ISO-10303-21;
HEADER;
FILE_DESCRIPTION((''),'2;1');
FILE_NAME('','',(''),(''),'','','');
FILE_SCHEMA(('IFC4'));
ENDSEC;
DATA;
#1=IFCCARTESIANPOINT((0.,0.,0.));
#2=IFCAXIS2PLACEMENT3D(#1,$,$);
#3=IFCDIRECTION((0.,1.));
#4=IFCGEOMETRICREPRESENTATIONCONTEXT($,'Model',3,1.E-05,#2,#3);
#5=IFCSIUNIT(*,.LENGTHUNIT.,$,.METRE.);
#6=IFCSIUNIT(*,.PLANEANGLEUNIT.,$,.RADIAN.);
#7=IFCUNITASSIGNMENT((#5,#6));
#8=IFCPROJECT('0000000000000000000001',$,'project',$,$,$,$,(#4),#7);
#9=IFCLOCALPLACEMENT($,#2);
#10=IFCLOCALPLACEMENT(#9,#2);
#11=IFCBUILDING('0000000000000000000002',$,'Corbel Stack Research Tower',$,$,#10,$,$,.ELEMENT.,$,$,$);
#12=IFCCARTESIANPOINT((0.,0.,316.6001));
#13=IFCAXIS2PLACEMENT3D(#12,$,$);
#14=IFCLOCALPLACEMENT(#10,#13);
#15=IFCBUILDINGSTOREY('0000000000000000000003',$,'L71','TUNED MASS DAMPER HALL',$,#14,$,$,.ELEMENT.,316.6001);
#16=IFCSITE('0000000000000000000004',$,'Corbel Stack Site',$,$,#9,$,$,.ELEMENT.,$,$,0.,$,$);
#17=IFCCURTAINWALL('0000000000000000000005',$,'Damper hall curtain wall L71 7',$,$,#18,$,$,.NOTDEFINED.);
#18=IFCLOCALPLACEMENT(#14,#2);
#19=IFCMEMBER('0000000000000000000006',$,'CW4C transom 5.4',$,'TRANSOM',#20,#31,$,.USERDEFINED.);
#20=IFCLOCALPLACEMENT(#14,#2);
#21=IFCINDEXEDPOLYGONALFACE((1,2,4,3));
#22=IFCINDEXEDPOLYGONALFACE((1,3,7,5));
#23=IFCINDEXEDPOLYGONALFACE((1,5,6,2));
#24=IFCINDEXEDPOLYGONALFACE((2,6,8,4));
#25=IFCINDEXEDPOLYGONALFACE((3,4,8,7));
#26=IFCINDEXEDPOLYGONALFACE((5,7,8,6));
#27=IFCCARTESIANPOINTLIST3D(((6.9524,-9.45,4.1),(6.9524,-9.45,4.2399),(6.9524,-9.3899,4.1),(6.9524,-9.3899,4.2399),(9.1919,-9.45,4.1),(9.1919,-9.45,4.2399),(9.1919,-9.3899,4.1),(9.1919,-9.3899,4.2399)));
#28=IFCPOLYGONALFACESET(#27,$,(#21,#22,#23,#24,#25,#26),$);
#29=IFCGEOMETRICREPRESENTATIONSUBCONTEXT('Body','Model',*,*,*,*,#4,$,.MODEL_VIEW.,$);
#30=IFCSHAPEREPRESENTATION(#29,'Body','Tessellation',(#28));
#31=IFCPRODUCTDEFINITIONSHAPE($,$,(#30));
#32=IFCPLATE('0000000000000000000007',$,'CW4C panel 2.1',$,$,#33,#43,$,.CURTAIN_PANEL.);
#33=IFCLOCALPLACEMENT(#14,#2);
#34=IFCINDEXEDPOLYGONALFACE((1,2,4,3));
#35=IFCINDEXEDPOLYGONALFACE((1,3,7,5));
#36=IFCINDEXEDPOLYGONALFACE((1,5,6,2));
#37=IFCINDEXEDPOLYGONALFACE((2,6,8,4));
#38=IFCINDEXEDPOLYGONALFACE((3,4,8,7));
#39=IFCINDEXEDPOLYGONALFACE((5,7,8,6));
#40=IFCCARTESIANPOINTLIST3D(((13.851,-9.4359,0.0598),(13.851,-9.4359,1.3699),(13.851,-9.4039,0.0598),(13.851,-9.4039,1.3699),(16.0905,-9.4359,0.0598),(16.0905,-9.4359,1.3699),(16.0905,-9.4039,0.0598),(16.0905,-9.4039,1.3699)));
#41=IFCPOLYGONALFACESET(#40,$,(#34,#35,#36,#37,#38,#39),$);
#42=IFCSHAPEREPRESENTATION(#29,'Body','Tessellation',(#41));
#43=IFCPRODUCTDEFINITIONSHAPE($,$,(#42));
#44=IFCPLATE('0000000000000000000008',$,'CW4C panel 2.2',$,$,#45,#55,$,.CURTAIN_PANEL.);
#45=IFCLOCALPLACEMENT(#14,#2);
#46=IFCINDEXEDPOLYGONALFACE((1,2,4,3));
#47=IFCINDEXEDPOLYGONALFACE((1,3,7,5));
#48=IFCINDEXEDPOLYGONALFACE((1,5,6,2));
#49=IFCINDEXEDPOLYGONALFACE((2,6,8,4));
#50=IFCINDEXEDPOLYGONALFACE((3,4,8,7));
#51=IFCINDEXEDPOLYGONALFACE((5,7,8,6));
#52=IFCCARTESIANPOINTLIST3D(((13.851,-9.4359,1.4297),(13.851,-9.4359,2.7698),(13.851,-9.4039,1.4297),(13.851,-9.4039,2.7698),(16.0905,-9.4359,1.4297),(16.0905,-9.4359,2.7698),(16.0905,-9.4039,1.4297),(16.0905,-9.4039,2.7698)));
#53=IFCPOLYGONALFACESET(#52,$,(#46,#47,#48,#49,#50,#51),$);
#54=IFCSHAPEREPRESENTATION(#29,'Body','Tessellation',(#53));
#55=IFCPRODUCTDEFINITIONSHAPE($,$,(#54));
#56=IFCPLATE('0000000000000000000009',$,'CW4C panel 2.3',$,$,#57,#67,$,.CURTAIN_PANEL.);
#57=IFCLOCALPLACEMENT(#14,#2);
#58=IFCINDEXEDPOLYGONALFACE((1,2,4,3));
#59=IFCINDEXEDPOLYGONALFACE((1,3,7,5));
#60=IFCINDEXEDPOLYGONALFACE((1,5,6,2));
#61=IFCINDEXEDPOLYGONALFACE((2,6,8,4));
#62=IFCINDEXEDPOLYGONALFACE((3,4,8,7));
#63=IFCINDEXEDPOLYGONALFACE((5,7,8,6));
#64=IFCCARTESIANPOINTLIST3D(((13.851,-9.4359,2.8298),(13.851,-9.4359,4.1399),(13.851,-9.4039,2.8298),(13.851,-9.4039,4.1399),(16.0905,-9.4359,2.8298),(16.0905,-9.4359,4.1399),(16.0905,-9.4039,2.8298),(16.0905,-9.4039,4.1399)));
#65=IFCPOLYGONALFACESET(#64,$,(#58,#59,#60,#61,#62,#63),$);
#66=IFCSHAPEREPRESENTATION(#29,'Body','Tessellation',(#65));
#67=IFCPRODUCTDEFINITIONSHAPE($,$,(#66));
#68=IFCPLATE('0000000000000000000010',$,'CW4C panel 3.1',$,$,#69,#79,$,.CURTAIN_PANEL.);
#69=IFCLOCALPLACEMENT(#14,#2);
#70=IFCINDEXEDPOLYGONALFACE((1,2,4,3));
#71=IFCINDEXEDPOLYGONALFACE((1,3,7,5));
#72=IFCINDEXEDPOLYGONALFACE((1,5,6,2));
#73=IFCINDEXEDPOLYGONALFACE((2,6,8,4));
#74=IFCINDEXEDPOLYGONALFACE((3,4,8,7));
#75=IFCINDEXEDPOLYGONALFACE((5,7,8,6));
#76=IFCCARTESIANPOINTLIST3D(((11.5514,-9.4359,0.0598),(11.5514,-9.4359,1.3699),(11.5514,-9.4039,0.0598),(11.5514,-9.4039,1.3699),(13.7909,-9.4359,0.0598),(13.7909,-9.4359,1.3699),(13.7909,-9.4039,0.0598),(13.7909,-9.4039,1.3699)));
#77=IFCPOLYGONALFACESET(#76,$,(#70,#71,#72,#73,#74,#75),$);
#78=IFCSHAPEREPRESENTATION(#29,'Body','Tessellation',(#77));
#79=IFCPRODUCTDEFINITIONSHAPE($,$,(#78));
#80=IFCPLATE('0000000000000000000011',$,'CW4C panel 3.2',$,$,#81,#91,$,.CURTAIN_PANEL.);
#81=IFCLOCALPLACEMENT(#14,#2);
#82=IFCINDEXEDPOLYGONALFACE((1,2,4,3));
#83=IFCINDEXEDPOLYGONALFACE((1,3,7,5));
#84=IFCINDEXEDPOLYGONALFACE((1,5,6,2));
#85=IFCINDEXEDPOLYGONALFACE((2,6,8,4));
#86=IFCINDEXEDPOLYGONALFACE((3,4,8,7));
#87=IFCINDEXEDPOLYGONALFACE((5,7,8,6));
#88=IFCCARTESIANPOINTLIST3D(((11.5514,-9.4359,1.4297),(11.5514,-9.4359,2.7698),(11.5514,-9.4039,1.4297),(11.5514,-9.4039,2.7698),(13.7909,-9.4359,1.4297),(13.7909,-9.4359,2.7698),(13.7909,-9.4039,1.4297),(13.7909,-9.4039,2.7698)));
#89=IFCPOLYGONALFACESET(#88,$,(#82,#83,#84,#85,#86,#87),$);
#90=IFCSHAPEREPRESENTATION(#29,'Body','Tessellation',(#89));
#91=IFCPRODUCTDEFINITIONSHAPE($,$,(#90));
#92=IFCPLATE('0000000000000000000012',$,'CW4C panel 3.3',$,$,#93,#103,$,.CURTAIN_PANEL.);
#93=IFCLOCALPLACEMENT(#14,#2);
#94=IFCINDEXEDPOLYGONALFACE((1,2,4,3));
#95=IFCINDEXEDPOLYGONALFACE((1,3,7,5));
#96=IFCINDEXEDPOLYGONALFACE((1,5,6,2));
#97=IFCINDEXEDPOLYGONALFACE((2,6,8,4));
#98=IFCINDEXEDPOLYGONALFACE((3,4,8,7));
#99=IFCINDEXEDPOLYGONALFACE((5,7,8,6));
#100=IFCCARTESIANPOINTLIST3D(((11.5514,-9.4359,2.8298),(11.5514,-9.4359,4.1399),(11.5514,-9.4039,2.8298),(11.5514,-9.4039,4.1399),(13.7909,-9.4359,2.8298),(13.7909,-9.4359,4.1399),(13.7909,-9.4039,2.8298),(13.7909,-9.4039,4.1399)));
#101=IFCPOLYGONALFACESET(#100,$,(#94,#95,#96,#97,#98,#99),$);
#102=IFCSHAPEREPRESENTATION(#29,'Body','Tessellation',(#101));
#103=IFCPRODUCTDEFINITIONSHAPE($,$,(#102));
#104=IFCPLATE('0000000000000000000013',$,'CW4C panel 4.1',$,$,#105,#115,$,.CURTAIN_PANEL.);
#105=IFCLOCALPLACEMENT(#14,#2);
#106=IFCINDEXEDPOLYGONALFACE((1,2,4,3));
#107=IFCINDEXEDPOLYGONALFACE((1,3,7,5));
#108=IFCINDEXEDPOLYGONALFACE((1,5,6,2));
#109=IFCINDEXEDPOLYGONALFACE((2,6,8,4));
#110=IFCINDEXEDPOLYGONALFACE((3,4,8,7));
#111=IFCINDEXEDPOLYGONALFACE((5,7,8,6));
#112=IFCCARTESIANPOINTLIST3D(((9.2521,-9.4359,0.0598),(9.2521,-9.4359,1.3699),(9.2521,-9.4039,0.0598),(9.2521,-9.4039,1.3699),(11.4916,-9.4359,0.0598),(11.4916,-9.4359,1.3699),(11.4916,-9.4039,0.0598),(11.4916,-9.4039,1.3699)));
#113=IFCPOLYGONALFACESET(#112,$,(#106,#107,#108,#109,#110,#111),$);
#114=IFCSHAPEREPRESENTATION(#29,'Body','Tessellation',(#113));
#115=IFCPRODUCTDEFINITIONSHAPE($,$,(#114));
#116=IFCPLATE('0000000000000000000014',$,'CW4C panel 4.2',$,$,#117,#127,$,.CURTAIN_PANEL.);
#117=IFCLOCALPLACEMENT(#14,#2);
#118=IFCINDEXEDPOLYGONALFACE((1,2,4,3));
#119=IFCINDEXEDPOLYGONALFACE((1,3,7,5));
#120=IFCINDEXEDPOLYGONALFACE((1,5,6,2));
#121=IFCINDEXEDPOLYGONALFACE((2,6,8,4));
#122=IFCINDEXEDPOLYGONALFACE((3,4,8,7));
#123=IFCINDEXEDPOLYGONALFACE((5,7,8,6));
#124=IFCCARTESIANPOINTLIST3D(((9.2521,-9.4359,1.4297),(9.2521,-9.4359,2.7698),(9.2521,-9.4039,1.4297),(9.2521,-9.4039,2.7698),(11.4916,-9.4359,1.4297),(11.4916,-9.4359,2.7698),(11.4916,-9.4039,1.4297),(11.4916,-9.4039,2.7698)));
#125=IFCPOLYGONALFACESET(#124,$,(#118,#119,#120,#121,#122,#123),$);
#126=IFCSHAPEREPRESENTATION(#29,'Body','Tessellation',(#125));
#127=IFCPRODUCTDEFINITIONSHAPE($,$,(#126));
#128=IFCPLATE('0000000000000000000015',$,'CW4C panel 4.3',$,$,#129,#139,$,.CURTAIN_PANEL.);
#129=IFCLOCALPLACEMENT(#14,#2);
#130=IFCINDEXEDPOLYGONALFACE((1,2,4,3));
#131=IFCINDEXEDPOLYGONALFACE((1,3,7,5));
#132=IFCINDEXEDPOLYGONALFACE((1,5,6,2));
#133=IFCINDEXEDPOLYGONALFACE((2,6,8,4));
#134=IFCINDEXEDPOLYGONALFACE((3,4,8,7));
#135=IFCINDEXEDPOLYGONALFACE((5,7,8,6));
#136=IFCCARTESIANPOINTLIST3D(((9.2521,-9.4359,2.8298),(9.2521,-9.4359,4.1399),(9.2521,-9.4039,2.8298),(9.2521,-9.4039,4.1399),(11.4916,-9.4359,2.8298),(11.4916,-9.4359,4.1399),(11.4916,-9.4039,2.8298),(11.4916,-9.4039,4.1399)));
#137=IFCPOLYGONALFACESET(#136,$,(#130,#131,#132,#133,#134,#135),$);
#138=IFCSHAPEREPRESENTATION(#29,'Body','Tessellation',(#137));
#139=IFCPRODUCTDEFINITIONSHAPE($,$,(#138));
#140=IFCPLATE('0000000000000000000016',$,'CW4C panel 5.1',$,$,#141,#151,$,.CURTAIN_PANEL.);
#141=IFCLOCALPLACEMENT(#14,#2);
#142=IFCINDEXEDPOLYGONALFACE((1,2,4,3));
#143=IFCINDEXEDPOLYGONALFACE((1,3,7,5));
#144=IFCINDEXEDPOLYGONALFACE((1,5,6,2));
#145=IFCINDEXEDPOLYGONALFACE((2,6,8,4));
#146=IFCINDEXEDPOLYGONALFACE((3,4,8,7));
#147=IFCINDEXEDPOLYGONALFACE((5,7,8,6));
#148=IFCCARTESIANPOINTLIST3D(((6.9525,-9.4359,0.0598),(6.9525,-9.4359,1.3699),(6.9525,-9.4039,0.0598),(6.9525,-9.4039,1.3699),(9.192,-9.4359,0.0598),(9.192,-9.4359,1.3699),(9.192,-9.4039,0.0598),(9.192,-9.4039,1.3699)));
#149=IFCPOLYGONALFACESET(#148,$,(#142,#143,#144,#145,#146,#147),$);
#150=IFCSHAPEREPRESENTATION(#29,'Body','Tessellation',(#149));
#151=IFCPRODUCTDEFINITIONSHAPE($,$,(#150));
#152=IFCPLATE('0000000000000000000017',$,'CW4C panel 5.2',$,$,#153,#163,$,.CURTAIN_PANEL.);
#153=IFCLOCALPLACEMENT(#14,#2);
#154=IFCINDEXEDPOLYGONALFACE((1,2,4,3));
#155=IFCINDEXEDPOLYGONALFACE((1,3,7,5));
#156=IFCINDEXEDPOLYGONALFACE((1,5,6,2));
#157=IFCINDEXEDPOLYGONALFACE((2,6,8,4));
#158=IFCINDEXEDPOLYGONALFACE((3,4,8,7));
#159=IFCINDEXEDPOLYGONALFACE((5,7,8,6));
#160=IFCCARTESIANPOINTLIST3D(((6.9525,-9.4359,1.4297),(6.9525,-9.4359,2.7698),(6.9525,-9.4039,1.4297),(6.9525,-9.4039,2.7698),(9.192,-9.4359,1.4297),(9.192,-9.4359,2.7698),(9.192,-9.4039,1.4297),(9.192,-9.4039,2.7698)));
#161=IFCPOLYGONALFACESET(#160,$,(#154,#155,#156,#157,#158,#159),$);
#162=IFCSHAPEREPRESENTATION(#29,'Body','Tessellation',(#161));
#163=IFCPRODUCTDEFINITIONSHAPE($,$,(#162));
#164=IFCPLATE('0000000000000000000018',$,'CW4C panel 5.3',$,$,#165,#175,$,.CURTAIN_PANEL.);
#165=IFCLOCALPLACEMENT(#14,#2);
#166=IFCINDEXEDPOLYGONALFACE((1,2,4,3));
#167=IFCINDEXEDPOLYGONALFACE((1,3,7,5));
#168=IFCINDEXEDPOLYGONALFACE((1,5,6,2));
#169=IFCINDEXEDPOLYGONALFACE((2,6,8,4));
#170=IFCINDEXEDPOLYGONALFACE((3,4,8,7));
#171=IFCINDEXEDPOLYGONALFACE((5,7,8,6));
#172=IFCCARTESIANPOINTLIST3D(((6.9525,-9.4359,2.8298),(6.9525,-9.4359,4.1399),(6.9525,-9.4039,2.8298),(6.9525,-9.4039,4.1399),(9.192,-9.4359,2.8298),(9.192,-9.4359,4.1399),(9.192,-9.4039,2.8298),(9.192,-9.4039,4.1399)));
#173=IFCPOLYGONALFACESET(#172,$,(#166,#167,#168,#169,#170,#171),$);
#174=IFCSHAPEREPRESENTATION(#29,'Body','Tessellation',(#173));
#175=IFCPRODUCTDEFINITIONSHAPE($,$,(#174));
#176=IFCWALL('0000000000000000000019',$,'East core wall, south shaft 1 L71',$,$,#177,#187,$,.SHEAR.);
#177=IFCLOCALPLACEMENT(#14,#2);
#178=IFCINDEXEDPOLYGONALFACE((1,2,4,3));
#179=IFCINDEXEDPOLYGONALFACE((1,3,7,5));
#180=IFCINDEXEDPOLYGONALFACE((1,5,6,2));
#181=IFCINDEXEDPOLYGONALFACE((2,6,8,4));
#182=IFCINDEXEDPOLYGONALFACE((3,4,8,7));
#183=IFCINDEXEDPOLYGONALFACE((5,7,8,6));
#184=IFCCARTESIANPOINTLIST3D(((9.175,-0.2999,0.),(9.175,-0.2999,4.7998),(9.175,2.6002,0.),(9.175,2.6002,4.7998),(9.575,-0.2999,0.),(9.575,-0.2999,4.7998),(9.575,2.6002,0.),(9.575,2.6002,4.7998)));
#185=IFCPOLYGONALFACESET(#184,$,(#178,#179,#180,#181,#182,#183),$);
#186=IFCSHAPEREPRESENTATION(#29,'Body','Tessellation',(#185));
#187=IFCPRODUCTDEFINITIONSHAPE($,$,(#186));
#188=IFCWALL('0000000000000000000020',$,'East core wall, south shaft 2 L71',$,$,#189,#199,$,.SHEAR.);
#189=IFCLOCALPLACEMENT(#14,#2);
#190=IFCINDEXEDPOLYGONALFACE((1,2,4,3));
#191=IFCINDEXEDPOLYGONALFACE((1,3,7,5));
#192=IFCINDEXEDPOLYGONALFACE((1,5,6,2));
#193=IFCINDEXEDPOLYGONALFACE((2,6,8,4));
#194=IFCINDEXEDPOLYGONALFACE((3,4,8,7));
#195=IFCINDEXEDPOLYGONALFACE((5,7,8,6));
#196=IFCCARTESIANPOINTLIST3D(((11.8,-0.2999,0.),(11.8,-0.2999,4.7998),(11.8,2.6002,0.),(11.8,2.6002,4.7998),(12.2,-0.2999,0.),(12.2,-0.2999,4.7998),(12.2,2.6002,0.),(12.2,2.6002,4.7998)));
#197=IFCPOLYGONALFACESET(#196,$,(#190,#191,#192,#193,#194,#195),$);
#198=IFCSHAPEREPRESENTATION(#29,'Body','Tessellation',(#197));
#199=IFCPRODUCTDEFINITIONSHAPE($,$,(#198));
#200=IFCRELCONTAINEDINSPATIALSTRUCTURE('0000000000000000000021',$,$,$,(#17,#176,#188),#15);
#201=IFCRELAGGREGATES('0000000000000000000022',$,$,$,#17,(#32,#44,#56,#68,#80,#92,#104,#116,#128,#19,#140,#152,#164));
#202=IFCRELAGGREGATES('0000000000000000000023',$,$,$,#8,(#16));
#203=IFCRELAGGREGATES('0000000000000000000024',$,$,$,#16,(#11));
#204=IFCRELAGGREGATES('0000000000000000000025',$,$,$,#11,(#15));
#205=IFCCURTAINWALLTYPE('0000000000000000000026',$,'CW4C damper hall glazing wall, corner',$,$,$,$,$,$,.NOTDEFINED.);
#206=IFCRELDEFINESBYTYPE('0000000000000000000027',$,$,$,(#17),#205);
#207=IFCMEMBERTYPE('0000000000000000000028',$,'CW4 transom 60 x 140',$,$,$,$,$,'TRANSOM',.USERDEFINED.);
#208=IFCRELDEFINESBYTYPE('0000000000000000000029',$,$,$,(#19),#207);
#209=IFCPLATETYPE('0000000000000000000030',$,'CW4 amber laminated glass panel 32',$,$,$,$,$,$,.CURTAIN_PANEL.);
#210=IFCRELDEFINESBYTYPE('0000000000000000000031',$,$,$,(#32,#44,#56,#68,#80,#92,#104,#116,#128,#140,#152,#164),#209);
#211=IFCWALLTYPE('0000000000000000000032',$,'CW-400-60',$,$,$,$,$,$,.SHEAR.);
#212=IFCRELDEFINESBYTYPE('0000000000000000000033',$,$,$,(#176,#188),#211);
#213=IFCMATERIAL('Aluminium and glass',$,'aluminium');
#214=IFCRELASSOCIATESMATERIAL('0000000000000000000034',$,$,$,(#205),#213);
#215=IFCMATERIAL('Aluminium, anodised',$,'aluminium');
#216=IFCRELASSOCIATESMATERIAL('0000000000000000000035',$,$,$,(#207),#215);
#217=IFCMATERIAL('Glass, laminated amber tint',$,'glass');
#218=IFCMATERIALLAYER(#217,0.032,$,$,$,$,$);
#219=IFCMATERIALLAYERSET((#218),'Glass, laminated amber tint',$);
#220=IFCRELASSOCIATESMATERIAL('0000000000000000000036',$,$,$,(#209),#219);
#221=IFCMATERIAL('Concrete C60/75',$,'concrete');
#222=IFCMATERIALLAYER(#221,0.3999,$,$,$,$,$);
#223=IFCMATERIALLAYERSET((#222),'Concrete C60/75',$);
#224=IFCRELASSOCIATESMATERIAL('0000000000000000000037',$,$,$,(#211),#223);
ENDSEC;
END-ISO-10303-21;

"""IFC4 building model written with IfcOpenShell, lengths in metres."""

from ifc_helpers import new_model, si_unit, direction, frame, frame_2d, origin, origin_2d, place, context, subcontext, project, spatial, rectangle, extrude, material, layer, layer_set, material_profile, profile_set, type_object, element, aggregate, save


model = new_model("IFC4")

# Units and contexts
model_context = context("Model", 3, precision=1e-05, world=origin(), true_north=direction((0.0, 1.0)))
body_context = subcontext(model_context, "Body", "Model", "MODEL_VIEW")
ifc_project = project(units=[si_unit("LENGTHUNIT", "METRE"), si_unit("PLANEANGLEUNIT", "RADIAN")], contexts=[model_context])

# Site, building, storey
site_placement = place(None, origin())
site = spatial("IfcSite", under=ifc_project, at=site_placement, Name="Corbel Stack Site", CompositionType="ELEMENT", RefElevation=0.0)
building_placement = place(site_placement, origin())
building = spatial("IfcBuilding", under=site, at=building_placement, Name="Corbel Stack Research Tower", CompositionType="ELEMENT")
storey_placement = place(building_placement, frame((0.0, 0.0, 316.6001)))
storey = spatial("IfcBuildingStorey", under=building, at=storey_placement, Name="L71", Description="TUNED MASS DAMPER HALL", CompositionType="ELEMENT", Elevation=316.6001)

# Curtain wall, member, plates
ifc_material_1 = material(Name="Aluminium and glass", Category="aluminium")
curtain_wall_type = type_object("IfcCurtainWallType", Name="CW4C damper hall glazing wall, corner", PredefinedType="NOTDEFINED", material=ifc_material_1)
curtain_wall_placement = place(storey_placement, origin())
curtain_wall = element("IfcCurtainWall", 1, at=curtain_wall_placement, inside=storey, type_object=curtain_wall_type, Name="Damper hall curtain wall L71 7", PredefinedType="NOTDEFINED")
ifc_material_2 = material(Name="Aluminium, anodised", Category="aluminium")
ifc_material_profile_1 = material_profile(ifc_material_2, rectangle(XDim=0.0601, YDim=0.1399, at=origin_2d()), Name="CW4 transom 60 x 140")
ifc_profile_set_1 = profile_set([ifc_material_profile_1], Name="Aluminium, anodised")
member_type_1 = type_object("IfcMemberType", Name="CW4 transom 60 x 140", ElementType="TRANSOM", PredefinedType="USERDEFINED", material=ifc_profile_set_1)
member_1_placement = place(storey_placement, frame((9.1919, -9.4199, 4.1699), z_axis=(-1.0, 0.0, 0.0), x_axis=(0.0, -1.0, 0.0)))
member_1 = element("IfcMember", 2, at=member_1_placement, type_object=member_type_1, Name="CW4C transom 5.4", ObjectType="TRANSOM", PredefinedType="USERDEFINED", context=body_context, shape_type="SweptSolid", body=[
    extrude(rectangle(XDim=0.0601, YDim=0.1399, at=origin_2d()), origin(), (0.0, 0.0, 1.0), 2.2395),
])
ifc_material_3 = material(Name="Glass, laminated amber tint", Category="glass")
ifc_layer_1 = layer(ifc_material_3, 0.032)
ifc_layer_set_1 = layer_set([ifc_layer_1], Name="Glass, laminated amber tint")
plate_type = type_object("IfcPlateType", Name="CW4 amber laminated glass panel 32", PredefinedType="CURTAIN_PANEL", material=ifc_layer_set_1)
plate_1_placement = place(storey_placement, frame((14.9707, -9.4199, 0.0598), z_axis=(0.0, 0.0, 1.0), x_axis=(-1.0, 0.0, 0.0)))
plate_1 = element("IfcPlate", 3, at=plate_1_placement, type_object=plate_type, Name="CW4C panel 2.1", PredefinedType="CURTAIN_PANEL", context=body_context, shape_type="SweptSolid", body=[
    extrude(rectangle(XDim=2.2395, YDim=0.032, at=origin_2d()), origin(), (0.0, 0.0, 1.0), 1.3101),
])
plate_2_placement = place(storey_placement, frame((14.9707, -9.4199, 1.4297), z_axis=(0.0, 0.0, 1.0), x_axis=(-1.0, 0.0, 0.0)))
plate_2 = element("IfcPlate", 4, at=plate_2_placement, type_object=plate_type, Name="CW4C panel 2.2", PredefinedType="CURTAIN_PANEL", context=body_context, shape_type="SweptSolid", body=[
    extrude(rectangle(XDim=2.2395, YDim=0.032, at=origin_2d()), origin(), (0.0, 0.0, 1.0), 1.3401),
])
plate_3_placement = place(storey_placement, frame((14.9707, -9.4199, 2.8298), z_axis=(0.0, 0.0, 1.0), x_axis=(-1.0, 0.0, 0.0)))
plate_3 = element("IfcPlate", 5, at=plate_3_placement, type_object=plate_type, Name="CW4C panel 2.3", PredefinedType="CURTAIN_PANEL", context=body_context, shape_type="SweptSolid", body=[
    extrude(rectangle(XDim=2.2395, YDim=0.032, at=origin_2d()), origin(), (0.0, 0.0, 1.0), 1.3101),
])
plate_4_placement = place(storey_placement, frame((12.6711, -9.4199, 0.0598), z_axis=(0.0, 0.0, 1.0), x_axis=(-1.0, 0.0, 0.0)))
plate_4 = element("IfcPlate", 6, at=plate_4_placement, type_object=plate_type, Name="CW4C panel 3.1", PredefinedType="CURTAIN_PANEL", context=body_context, shape_type="SweptSolid", body=[
    extrude(rectangle(XDim=2.2395, YDim=0.032, at=origin_2d()), origin(), (0.0, 0.0, 1.0), 1.3101),
])
plate_5_placement = place(storey_placement, frame((12.6711, -9.4199, 1.4297), z_axis=(0.0, 0.0, 1.0), x_axis=(-1.0, 0.0, 0.0)))
plate_5 = element("IfcPlate", 7, at=plate_5_placement, type_object=plate_type, Name="CW4C panel 3.2", PredefinedType="CURTAIN_PANEL", context=body_context, shape_type="SweptSolid", body=[
    extrude(rectangle(XDim=2.2395, YDim=0.032, at=origin_2d()), origin(), (0.0, 0.0, 1.0), 1.3401),
])
plate_6_placement = place(storey_placement, frame((12.6711, -9.4199, 2.8298), z_axis=(0.0, 0.0, 1.0), x_axis=(-1.0, 0.0, 0.0)))
plate_6 = element("IfcPlate", 8, at=plate_6_placement, type_object=plate_type, Name="CW4C panel 3.3", PredefinedType="CURTAIN_PANEL", context=body_context, shape_type="SweptSolid", body=[
    extrude(rectangle(XDim=2.2395, YDim=0.032, at=origin_2d()), origin(), (0.0, 0.0, 1.0), 1.3101),
])
plate_7_placement = place(storey_placement, frame((10.3718, -9.4199, 0.0598), z_axis=(0.0, 0.0, 1.0), x_axis=(-1.0, 0.0, 0.0)))
plate_7 = element("IfcPlate", 9, at=plate_7_placement, type_object=plate_type, Name="CW4C panel 4.1", PredefinedType="CURTAIN_PANEL", context=body_context, shape_type="SweptSolid", body=[
    extrude(rectangle(XDim=2.2395, YDim=0.032, at=origin_2d()), origin(), (0.0, 0.0, 1.0), 1.3101),
])
plate_8_placement = place(storey_placement, frame((10.3718, -9.4199, 1.4297), z_axis=(0.0, 0.0, 1.0), x_axis=(-1.0, 0.0, 0.0)))
plate_8 = element("IfcPlate", 10, at=plate_8_placement, type_object=plate_type, Name="CW4C panel 4.2", PredefinedType="CURTAIN_PANEL", context=body_context, shape_type="SweptSolid", body=[
    extrude(rectangle(XDim=2.2395, YDim=0.032, at=origin_2d()), origin(), (0.0, 0.0, 1.0), 1.3401),
])
plate_9_placement = place(storey_placement, frame((10.3718, -9.4199, 2.8298), z_axis=(0.0, 0.0, 1.0), x_axis=(-1.0, 0.0, 0.0)))
plate_9 = element("IfcPlate", 11, at=plate_9_placement, type_object=plate_type, Name="CW4C panel 4.3", PredefinedType="CURTAIN_PANEL", context=body_context, shape_type="SweptSolid", body=[
    extrude(rectangle(XDim=2.2395, YDim=0.032, at=origin_2d()), origin(), (0.0, 0.0, 1.0), 1.3101),
])
plate_10_placement = place(storey_placement, frame((8.0723, -9.4199, 0.0598), z_axis=(0.0, 0.0, 1.0), x_axis=(-1.0, 0.0, 0.0)))
plate_10 = element("IfcPlate", 12, at=plate_10_placement, type_object=plate_type, Name="CW4C panel 5.1", PredefinedType="CURTAIN_PANEL", context=body_context, shape_type="SweptSolid", body=[
    extrude(rectangle(XDim=2.2395, YDim=0.032, at=origin_2d()), origin(), (0.0, 0.0, 1.0), 1.3101),
])
plate_11_placement = place(storey_placement, frame((8.0723, -9.4199, 1.4297), z_axis=(0.0, 0.0, 1.0), x_axis=(-1.0, 0.0, 0.0)))
plate_11 = element("IfcPlate", 13, at=plate_11_placement, type_object=plate_type, Name="CW4C panel 5.2", PredefinedType="CURTAIN_PANEL", context=body_context, shape_type="SweptSolid", body=[
    extrude(rectangle(XDim=2.2395, YDim=0.032, at=origin_2d()), origin(), (0.0, 0.0, 1.0), 1.3401),
])
plate_12_placement = place(storey_placement, frame((8.0723, -9.4199, 2.8298), z_axis=(0.0, 0.0, 1.0), x_axis=(-1.0, 0.0, 0.0)))
plate_12 = element("IfcPlate", 14, at=plate_12_placement, type_object=plate_type, Name="CW4C panel 5.3", PredefinedType="CURTAIN_PANEL", context=body_context, shape_type="SweptSolid", body=[
    extrude(rectangle(XDim=2.2395, YDim=0.032, at=origin_2d()), origin(), (0.0, 0.0, 1.0), 1.3101),
])
aggregate(curtain_wall, [plate_1, plate_2, plate_3, plate_4, plate_5, plate_6, plate_7, plate_8, plate_9, member_1, plate_10, plate_11, plate_12])

# Walls
ifc_material_4 = material(Name="Concrete C60/75", Category="concrete")
ifc_layer_2 = layer(ifc_material_4, 0.3999)
ifc_layer_set_2 = layer_set([ifc_layer_2], Name="Concrete C60/75")
wall_type = type_object("IfcWallType", Name="CW-400-60", PredefinedType="SHEAR", material=ifc_layer_set_2)
for number, where, z_axis, x_axis, name in (
    (15, (9.375, -0.3, 0.0), (0.0, 0.0, 1.0), (0.0, 1.0, 0.0), "East core wall, south shaft 1 L71"),
    (16, (12.0, -0.3, 0.0), (0.0, 0.0, 1.0), (0.0, 1.0, 0.0), "East core wall, south shaft 2 L71"),
):
    element("IfcWall", number, at=place(storey_placement, frame(where, z_axis=z_axis, x_axis=x_axis)), inside=storey, type_object=wall_type, Name=name, PredefinedType="SHEAR", context=body_context, shape_type="SweptSolid", body=[
        extrude(rectangle(XDim=2.9001, YDim=0.3999, at=frame_2d((1.4502, 0.0))), origin(), (0.0, 0.0, 1.0), 4.7998),
    ])

save(model, "model.ifc")
